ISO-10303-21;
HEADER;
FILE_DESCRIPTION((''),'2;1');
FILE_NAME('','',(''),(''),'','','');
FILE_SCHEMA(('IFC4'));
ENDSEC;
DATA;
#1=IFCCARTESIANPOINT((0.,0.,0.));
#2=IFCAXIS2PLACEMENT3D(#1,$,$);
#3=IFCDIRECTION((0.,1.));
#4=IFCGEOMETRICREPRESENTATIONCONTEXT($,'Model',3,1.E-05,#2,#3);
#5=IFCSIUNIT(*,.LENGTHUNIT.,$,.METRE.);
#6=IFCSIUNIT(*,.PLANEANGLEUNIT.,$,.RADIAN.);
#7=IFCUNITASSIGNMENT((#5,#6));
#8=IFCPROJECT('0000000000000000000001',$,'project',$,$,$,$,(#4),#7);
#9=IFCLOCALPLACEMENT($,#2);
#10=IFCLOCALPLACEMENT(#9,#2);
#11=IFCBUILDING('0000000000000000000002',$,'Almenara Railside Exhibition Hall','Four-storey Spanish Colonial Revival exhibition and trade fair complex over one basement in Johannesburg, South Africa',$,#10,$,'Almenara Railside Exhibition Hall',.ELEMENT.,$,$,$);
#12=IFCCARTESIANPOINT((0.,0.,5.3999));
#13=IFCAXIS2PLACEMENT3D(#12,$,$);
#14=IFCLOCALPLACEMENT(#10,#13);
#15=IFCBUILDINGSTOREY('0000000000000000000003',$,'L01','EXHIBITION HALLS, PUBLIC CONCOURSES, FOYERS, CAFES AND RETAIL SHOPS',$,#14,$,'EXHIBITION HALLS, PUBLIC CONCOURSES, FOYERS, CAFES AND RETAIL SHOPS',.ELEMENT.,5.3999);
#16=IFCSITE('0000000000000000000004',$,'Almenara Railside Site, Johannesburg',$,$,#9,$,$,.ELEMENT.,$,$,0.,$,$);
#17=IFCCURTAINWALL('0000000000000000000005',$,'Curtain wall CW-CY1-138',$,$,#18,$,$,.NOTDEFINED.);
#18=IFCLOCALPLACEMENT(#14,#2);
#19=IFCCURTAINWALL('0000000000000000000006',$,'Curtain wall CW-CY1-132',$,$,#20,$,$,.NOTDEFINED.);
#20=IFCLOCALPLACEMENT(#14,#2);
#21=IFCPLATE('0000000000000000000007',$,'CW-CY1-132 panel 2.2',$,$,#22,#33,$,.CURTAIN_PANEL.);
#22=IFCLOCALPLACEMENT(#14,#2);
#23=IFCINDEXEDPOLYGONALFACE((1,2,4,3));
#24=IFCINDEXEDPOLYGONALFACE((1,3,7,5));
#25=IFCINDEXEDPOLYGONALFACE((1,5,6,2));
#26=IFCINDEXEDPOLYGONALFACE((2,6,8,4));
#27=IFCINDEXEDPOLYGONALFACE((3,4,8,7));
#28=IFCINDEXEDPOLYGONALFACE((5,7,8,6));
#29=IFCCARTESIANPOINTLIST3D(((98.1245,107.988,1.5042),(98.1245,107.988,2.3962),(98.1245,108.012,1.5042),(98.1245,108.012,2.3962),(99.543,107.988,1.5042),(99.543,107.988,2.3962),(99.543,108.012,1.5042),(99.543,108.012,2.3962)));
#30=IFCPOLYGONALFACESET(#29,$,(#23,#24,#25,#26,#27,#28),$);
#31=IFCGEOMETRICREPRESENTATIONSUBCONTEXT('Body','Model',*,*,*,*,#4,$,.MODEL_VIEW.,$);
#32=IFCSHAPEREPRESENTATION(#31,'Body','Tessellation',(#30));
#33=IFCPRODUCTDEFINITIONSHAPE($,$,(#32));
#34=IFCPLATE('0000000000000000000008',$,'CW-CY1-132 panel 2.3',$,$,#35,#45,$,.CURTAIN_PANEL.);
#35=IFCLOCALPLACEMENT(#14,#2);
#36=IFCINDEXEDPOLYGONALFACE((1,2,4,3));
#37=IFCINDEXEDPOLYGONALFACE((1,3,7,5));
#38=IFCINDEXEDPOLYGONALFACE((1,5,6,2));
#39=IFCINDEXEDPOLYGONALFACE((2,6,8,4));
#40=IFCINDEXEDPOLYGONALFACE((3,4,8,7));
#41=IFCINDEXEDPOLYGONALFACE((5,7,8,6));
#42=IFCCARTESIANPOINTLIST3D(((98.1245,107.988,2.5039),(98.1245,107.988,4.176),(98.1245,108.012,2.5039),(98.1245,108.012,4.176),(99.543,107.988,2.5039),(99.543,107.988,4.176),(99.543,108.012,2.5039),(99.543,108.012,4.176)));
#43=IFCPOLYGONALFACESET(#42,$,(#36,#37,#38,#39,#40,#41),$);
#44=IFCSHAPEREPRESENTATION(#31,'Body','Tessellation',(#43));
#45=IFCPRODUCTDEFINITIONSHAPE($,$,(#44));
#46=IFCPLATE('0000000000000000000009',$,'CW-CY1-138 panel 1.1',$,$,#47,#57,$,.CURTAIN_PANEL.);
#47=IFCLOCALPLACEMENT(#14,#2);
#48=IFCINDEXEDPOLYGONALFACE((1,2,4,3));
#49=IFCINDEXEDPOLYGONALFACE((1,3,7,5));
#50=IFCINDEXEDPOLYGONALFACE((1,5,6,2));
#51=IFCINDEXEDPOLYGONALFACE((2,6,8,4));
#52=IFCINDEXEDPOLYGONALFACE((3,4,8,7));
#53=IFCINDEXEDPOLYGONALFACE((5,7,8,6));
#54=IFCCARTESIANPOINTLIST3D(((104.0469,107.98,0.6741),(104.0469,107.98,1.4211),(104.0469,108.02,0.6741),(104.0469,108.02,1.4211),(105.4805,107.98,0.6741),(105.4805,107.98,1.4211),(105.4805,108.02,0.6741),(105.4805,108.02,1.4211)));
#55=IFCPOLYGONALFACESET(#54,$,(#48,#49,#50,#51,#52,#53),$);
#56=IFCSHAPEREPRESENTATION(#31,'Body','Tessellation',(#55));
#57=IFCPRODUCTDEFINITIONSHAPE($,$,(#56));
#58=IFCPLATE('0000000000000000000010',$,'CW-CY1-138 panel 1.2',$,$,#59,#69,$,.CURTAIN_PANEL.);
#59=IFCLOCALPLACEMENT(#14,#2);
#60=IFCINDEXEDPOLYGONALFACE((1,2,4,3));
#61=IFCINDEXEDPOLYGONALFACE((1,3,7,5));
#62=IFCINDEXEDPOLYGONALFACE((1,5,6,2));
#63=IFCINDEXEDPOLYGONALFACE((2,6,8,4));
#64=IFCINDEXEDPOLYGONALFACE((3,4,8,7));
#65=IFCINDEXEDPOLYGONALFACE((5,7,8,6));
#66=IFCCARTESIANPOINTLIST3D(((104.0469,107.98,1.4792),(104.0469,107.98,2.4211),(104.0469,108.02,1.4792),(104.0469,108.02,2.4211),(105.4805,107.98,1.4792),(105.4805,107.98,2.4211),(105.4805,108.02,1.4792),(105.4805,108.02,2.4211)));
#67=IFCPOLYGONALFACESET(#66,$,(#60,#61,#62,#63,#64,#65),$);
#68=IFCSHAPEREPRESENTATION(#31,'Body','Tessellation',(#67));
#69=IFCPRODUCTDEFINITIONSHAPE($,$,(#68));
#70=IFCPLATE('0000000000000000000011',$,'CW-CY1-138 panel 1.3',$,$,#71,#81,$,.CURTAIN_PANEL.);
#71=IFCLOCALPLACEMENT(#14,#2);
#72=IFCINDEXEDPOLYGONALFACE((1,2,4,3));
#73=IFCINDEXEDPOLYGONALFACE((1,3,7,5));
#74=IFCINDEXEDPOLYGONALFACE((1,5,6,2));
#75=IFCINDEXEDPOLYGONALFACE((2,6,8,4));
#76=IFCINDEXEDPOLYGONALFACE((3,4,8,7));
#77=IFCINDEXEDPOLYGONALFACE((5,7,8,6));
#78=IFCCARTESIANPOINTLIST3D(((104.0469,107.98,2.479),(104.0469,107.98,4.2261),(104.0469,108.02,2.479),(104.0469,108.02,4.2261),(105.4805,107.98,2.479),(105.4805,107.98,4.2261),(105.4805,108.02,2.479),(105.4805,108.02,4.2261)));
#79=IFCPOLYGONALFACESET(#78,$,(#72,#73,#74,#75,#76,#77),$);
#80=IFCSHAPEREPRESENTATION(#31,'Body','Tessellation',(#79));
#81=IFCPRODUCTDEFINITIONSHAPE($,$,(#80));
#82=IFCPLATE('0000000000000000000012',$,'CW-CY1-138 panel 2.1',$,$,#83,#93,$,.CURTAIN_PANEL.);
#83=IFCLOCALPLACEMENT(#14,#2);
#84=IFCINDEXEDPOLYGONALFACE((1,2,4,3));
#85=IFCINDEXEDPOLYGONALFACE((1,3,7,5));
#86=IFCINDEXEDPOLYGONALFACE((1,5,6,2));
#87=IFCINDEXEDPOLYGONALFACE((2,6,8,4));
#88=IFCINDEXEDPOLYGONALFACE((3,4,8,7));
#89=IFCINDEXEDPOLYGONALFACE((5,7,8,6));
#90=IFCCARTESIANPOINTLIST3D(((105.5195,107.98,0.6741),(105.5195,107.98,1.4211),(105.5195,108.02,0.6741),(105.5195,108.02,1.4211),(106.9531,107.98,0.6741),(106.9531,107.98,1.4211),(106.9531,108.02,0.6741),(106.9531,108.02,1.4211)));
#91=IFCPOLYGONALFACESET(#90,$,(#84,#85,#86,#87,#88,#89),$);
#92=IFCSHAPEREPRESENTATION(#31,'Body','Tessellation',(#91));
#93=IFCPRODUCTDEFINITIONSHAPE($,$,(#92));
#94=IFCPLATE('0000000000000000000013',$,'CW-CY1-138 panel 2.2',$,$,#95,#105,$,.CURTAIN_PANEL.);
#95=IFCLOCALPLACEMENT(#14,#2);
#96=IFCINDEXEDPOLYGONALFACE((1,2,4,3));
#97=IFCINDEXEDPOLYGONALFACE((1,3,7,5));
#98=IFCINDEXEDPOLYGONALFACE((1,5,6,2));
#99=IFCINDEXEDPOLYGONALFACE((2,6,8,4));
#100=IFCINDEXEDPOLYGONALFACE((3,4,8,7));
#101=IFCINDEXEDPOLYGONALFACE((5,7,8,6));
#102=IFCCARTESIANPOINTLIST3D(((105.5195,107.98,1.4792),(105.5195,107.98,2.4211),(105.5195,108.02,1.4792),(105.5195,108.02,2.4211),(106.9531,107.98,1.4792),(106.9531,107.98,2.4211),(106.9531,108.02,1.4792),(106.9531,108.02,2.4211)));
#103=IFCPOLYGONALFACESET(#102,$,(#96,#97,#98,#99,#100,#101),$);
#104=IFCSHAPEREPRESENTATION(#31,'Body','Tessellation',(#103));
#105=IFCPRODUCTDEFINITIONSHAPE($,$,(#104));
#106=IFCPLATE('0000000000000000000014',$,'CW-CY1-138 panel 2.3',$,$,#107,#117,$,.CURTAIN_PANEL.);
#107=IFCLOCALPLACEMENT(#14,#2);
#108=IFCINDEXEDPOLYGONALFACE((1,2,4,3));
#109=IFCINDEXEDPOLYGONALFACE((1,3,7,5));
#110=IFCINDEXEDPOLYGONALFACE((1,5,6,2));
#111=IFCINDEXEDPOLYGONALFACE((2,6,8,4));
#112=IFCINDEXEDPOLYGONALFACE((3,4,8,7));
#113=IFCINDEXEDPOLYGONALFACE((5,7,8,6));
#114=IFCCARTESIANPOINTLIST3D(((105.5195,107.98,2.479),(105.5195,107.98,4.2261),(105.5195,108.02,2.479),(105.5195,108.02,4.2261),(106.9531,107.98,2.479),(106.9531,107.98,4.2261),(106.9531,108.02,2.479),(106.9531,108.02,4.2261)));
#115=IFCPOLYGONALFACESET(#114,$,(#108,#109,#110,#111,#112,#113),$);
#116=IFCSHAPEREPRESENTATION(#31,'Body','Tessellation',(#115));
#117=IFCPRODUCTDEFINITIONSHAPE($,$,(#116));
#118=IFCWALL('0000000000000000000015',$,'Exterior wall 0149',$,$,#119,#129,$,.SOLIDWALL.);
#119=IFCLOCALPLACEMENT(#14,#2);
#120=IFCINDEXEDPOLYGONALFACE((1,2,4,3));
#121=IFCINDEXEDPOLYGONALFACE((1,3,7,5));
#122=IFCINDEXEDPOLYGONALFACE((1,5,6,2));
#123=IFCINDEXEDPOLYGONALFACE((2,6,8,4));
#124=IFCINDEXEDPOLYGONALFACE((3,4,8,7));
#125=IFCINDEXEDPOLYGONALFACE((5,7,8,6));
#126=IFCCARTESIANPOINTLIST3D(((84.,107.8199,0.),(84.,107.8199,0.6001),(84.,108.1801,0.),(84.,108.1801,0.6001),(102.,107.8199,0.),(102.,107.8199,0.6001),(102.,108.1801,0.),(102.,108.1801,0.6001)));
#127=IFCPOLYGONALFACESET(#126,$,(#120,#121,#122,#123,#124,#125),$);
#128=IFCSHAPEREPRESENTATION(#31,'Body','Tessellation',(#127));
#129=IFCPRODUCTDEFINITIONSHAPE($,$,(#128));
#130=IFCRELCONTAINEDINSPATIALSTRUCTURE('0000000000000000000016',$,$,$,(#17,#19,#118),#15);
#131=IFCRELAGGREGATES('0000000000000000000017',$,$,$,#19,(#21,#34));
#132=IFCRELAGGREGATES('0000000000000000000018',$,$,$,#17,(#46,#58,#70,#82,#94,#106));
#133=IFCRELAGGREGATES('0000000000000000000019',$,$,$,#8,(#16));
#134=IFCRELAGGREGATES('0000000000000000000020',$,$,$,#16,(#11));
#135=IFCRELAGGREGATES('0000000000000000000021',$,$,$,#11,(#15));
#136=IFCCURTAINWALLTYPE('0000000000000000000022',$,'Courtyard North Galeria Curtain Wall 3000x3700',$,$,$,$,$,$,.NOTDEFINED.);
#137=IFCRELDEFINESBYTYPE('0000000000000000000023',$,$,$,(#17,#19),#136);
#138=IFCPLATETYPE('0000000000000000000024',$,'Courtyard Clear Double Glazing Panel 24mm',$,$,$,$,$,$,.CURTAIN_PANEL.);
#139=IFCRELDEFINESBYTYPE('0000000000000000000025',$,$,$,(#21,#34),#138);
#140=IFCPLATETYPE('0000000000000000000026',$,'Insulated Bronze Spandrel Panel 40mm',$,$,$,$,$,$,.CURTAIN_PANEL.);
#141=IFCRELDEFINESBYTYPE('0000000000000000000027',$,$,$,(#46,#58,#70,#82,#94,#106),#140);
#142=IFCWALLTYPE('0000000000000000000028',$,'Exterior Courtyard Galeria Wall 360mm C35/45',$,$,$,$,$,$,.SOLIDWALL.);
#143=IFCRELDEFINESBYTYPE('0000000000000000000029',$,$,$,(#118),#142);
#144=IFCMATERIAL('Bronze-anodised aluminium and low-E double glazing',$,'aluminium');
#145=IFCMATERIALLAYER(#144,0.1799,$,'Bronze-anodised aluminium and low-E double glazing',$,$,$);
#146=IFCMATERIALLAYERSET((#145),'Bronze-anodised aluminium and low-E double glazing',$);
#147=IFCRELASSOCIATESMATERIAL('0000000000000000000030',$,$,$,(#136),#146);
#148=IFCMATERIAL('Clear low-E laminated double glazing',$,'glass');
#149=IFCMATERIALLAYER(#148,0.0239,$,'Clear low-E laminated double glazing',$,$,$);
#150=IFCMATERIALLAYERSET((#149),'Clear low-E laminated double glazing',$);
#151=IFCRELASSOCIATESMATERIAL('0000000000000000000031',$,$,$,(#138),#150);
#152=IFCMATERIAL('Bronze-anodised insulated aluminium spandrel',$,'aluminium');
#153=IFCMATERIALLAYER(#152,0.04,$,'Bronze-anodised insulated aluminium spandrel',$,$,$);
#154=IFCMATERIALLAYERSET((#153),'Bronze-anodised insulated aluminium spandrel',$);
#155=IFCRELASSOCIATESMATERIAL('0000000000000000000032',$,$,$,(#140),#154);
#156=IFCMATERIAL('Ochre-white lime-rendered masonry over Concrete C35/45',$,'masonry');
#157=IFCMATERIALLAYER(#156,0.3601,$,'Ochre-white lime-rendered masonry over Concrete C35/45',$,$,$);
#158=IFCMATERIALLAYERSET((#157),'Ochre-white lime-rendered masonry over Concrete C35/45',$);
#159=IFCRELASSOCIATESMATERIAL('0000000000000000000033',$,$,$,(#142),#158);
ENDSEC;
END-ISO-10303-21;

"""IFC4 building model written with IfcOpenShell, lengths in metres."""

from ifc_helpers import new_model, si_unit, direction, frame, frame_2d, origin, origin_2d, place, context, subcontext, project, spatial, rectangle, extrude, material, layer, layer_set, type_object, element, aggregate, save


model = new_model("IFC4")

# Units and contexts
model_context = context("Model", 3, precision=1e-05, world=origin(), true_north=direction((0.0, 1.0)))
body_context = subcontext(model_context, "Body", "Model", "MODEL_VIEW")
ifc_project = project(units=[si_unit("LENGTHUNIT", "METRE"), si_unit("PLANEANGLEUNIT", "RADIAN")], contexts=[model_context])

# Site, building, storey
site_placement = place(None, origin())
site = spatial("IfcSite", under=ifc_project, at=site_placement, Name="Almenara Railside Site, Johannesburg", CompositionType="ELEMENT", RefElevation=0.0)
building_placement = place(site_placement, origin())
building = spatial("IfcBuilding", under=site, at=building_placement, Name="Almenara Railside Exhibition Hall", Description="Four-storey Spanish Colonial Revival exhibition and trade fair complex over one basement in Johannesburg, South Africa", LongName="Almenara Railside Exhibition Hall", CompositionType="ELEMENT")
storey_placement = place(building_placement, frame((0.0, 0.0, 5.3999)))
storey = spatial("IfcBuildingStorey", under=building, at=storey_placement, Name="L01", Description="EXHIBITION HALLS, PUBLIC CONCOURSES, FOYERS, CAFES AND RETAIL SHOPS", LongName="EXHIBITION HALLS, PUBLIC CONCOURSES, FOYERS, CAFES AND RETAIL SHOPS", CompositionType="ELEMENT", Elevation=5.3999)

# Curtain wall
ifc_material_1 = material(Name="Bronze-anodised aluminium and low-E double glazing", Category="aluminium")
ifc_layer_1 = layer(ifc_material_1, 0.1799, Name="Bronze-anodised aluminium and low-E double glazing")
ifc_layer_set_1 = layer_set([ifc_layer_1], Name="Bronze-anodised aluminium and low-E double glazing")
curtain_wall_type = type_object("IfcCurtainWallType", Name="Courtyard North Galeria Curtain Wall 3000x3700", PredefinedType="NOTDEFINED", material=ifc_layer_set_1)
curtain_wall_1_placement = place(storey_placement, origin())
curtain_wall_1 = element("IfcCurtainWall", 1, at=curtain_wall_1_placement, inside=storey, type_object=curtain_wall_type, Name="Curtain wall CW-CY1-138", PredefinedType="NOTDEFINED")

# Curtain wall
curtain_wall_2_placement = place(storey_placement, origin())
curtain_wall_2 = element("IfcCurtainWall", 2, at=curtain_wall_2_placement, inside=storey, type_object=curtain_wall_type, Name="Curtain wall CW-CY1-132", PredefinedType="NOTDEFINED")

# Plates
ifc_material_2 = material(Name="Clear low-E laminated double glazing", Category="glass")
ifc_layer_2 = layer(ifc_material_2, 0.0239, Name="Clear low-E laminated double glazing")
ifc_layer_set_2 = layer_set([ifc_layer_2], Name="Clear low-E laminated double glazing")
plate_type_1 = type_object("IfcPlateType", Name="Courtyard Clear Double Glazing Panel 24mm", PredefinedType="CURTAIN_PANEL", material=ifc_layer_set_2)
plate_1_placement = place(storey_placement, frame((98.8337, 108.0, 1.5042), z_axis=(0.0, 0.0, 1.0), x_axis=(1.0, 0.0, 0.0)))
plate_1 = element("IfcPlate", 3, at=plate_1_placement, type_object=plate_type_1, Name="CW-CY1-132 panel 2.2", PredefinedType="CURTAIN_PANEL", context=body_context, shape_type="SweptSolid", body=[
    extrude(rectangle(XDim=1.4185, YDim=0.0239, at=origin_2d()), origin(), (0.0, 0.0, 1.0), 0.8921),
])
plate_2_placement = place(storey_placement, frame((98.8337, 108.0, 2.5039), z_axis=(0.0, 0.0, 1.0), x_axis=(1.0, 0.0, 0.0)))
plate_2 = element("IfcPlate", 4, at=plate_2_placement, type_object=plate_type_1, Name="CW-CY1-132 panel 2.3", PredefinedType="CURTAIN_PANEL", context=body_context, shape_type="SweptSolid", body=[
    extrude(rectangle(XDim=1.4185, YDim=0.0239, at=origin_2d()), origin(), (0.0, 0.0, 1.0), 1.6721),
])
aggregate(curtain_wall_2, [plate_1, plate_2])
ifc_material_3 = material(Name="Bronze-anodised insulated aluminium spandrel", Category="aluminium")
ifc_layer_3 = layer(ifc_material_3, 0.04, Name="Bronze-anodised insulated aluminium spandrel")
ifc_layer_set_3 = layer_set([ifc_layer_3], Name="Bronze-anodised insulated aluminium spandrel")
plate_type_2 = type_object("IfcPlateType", Name="Insulated Bronze Spandrel Panel 40mm", PredefinedType="CURTAIN_PANEL", material=ifc_layer_set_3)
plate_3_placement = place(storey_placement, frame((104.7637, 108.0, 0.6741), z_axis=(0.0, 0.0, 1.0), x_axis=(1.0, 0.0, 0.0)))
plate_3 = element("IfcPlate", 5, at=plate_3_placement, type_object=plate_type_2, Name="CW-CY1-138 panel 1.1", PredefinedType="CURTAIN_PANEL", context=body_context, shape_type="SweptSolid", body=[
    extrude(rectangle(XDim=1.4336, YDim=0.04, at=origin_2d()), origin(), (0.0, 0.0, 1.0), 0.7471),
])
plate_4_placement = place(storey_placement, frame((104.7637, 108.0, 1.4792), z_axis=(0.0, 0.0, 1.0), x_axis=(1.0, 0.0, 0.0)))
plate_4 = element("IfcPlate", 6, at=plate_4_placement, type_object=plate_type_2, Name="CW-CY1-138 panel 1.2", PredefinedType="CURTAIN_PANEL", context=body_context, shape_type="SweptSolid", body=[
    extrude(rectangle(XDim=1.4336, YDim=0.04, at=origin_2d()), origin(), (0.0, 0.0, 1.0), 0.9419),
])
plate_5_placement = place(storey_placement, frame((104.7637, 108.0, 2.479), z_axis=(0.0, 0.0, 1.0), x_axis=(1.0, 0.0, 0.0)))
plate_5 = element("IfcPlate", 7, at=plate_5_placement, type_object=plate_type_2, Name="CW-CY1-138 panel 1.3", PredefinedType="CURTAIN_PANEL", context=body_context, shape_type="SweptSolid", body=[
    extrude(rectangle(XDim=1.4336, YDim=0.04, at=origin_2d()), origin(), (0.0, 0.0, 1.0), 1.7471),
])
plate_6_placement = place(storey_placement, frame((106.2363, 108.0, 0.6741), z_axis=(0.0, 0.0, 1.0), x_axis=(1.0, 0.0, 0.0)))
plate_6 = element("IfcPlate", 8, at=plate_6_placement, type_object=plate_type_2, Name="CW-CY1-138 panel 2.1", PredefinedType="CURTAIN_PANEL", context=body_context, shape_type="SweptSolid", body=[
    extrude(rectangle(XDim=1.4336, YDim=0.04, at=origin_2d()), origin(), (0.0, 0.0, 1.0), 0.7471),
])
plate_7_placement = place(storey_placement, frame((106.2363, 108.0, 1.4792), z_axis=(0.0, 0.0, 1.0), x_axis=(1.0, 0.0, 0.0)))
plate_7 = element("IfcPlate", 9, at=plate_7_placement, type_object=plate_type_2, Name="CW-CY1-138 panel 2.2", PredefinedType="CURTAIN_PANEL", context=body_context, shape_type="SweptSolid", body=[
    extrude(rectangle(XDim=1.4336, YDim=0.04, at=origin_2d()), origin(), (0.0, 0.0, 1.0), 0.9419),
])
plate_8_placement = place(storey_placement, frame((106.2363, 108.0, 2.479), z_axis=(0.0, 0.0, 1.0), x_axis=(1.0, 0.0, 0.0)))
plate_8 = element("IfcPlate", 10, at=plate_8_placement, type_object=plate_type_2, Name="CW-CY1-138 panel 2.3", PredefinedType="CURTAIN_PANEL", context=body_context, shape_type="SweptSolid", body=[
    extrude(rectangle(XDim=1.4336, YDim=0.04, at=origin_2d()), origin(), (0.0, 0.0, 1.0), 1.7471),
])
aggregate(curtain_wall_1, [plate_3, plate_4, plate_5, plate_6, plate_7, plate_8])

# Wall
ifc_material_4 = material(Name="Ochre-white lime-rendered masonry over Concrete C35/45", Category="masonry")
ifc_layer_4 = layer(ifc_material_4, 0.3601, Name="Ochre-white lime-rendered masonry over Concrete C35/45")
ifc_layer_set_4 = layer_set([ifc_layer_4], Name="Ochre-white lime-rendered masonry over Concrete C35/45")
wall_type = type_object("IfcWallType", Name="Exterior Courtyard Galeria Wall 360mm C35/45", PredefinedType="SOLIDWALL", material=ifc_layer_set_4)
wall_placement = place(storey_placement, frame((102.0, 108.0, 0.0), z_axis=(0.0, 0.0, 1.0), x_axis=(-1.0, 0.0, 0.0)))
element("IfcWall", 11, at=wall_placement, inside=storey, type_object=wall_type, Name="Exterior wall 0149", PredefinedType="SOLIDWALL", context=body_context, shape_type="SweptSolid", body=[
    extrude(rectangle(XDim=18.0, YDim=0.3601, at=frame_2d((9.0, 0.0))), origin(), (0.0, 0.0, 1.0), 0.6001),
])

save(model, "model.ifc")
